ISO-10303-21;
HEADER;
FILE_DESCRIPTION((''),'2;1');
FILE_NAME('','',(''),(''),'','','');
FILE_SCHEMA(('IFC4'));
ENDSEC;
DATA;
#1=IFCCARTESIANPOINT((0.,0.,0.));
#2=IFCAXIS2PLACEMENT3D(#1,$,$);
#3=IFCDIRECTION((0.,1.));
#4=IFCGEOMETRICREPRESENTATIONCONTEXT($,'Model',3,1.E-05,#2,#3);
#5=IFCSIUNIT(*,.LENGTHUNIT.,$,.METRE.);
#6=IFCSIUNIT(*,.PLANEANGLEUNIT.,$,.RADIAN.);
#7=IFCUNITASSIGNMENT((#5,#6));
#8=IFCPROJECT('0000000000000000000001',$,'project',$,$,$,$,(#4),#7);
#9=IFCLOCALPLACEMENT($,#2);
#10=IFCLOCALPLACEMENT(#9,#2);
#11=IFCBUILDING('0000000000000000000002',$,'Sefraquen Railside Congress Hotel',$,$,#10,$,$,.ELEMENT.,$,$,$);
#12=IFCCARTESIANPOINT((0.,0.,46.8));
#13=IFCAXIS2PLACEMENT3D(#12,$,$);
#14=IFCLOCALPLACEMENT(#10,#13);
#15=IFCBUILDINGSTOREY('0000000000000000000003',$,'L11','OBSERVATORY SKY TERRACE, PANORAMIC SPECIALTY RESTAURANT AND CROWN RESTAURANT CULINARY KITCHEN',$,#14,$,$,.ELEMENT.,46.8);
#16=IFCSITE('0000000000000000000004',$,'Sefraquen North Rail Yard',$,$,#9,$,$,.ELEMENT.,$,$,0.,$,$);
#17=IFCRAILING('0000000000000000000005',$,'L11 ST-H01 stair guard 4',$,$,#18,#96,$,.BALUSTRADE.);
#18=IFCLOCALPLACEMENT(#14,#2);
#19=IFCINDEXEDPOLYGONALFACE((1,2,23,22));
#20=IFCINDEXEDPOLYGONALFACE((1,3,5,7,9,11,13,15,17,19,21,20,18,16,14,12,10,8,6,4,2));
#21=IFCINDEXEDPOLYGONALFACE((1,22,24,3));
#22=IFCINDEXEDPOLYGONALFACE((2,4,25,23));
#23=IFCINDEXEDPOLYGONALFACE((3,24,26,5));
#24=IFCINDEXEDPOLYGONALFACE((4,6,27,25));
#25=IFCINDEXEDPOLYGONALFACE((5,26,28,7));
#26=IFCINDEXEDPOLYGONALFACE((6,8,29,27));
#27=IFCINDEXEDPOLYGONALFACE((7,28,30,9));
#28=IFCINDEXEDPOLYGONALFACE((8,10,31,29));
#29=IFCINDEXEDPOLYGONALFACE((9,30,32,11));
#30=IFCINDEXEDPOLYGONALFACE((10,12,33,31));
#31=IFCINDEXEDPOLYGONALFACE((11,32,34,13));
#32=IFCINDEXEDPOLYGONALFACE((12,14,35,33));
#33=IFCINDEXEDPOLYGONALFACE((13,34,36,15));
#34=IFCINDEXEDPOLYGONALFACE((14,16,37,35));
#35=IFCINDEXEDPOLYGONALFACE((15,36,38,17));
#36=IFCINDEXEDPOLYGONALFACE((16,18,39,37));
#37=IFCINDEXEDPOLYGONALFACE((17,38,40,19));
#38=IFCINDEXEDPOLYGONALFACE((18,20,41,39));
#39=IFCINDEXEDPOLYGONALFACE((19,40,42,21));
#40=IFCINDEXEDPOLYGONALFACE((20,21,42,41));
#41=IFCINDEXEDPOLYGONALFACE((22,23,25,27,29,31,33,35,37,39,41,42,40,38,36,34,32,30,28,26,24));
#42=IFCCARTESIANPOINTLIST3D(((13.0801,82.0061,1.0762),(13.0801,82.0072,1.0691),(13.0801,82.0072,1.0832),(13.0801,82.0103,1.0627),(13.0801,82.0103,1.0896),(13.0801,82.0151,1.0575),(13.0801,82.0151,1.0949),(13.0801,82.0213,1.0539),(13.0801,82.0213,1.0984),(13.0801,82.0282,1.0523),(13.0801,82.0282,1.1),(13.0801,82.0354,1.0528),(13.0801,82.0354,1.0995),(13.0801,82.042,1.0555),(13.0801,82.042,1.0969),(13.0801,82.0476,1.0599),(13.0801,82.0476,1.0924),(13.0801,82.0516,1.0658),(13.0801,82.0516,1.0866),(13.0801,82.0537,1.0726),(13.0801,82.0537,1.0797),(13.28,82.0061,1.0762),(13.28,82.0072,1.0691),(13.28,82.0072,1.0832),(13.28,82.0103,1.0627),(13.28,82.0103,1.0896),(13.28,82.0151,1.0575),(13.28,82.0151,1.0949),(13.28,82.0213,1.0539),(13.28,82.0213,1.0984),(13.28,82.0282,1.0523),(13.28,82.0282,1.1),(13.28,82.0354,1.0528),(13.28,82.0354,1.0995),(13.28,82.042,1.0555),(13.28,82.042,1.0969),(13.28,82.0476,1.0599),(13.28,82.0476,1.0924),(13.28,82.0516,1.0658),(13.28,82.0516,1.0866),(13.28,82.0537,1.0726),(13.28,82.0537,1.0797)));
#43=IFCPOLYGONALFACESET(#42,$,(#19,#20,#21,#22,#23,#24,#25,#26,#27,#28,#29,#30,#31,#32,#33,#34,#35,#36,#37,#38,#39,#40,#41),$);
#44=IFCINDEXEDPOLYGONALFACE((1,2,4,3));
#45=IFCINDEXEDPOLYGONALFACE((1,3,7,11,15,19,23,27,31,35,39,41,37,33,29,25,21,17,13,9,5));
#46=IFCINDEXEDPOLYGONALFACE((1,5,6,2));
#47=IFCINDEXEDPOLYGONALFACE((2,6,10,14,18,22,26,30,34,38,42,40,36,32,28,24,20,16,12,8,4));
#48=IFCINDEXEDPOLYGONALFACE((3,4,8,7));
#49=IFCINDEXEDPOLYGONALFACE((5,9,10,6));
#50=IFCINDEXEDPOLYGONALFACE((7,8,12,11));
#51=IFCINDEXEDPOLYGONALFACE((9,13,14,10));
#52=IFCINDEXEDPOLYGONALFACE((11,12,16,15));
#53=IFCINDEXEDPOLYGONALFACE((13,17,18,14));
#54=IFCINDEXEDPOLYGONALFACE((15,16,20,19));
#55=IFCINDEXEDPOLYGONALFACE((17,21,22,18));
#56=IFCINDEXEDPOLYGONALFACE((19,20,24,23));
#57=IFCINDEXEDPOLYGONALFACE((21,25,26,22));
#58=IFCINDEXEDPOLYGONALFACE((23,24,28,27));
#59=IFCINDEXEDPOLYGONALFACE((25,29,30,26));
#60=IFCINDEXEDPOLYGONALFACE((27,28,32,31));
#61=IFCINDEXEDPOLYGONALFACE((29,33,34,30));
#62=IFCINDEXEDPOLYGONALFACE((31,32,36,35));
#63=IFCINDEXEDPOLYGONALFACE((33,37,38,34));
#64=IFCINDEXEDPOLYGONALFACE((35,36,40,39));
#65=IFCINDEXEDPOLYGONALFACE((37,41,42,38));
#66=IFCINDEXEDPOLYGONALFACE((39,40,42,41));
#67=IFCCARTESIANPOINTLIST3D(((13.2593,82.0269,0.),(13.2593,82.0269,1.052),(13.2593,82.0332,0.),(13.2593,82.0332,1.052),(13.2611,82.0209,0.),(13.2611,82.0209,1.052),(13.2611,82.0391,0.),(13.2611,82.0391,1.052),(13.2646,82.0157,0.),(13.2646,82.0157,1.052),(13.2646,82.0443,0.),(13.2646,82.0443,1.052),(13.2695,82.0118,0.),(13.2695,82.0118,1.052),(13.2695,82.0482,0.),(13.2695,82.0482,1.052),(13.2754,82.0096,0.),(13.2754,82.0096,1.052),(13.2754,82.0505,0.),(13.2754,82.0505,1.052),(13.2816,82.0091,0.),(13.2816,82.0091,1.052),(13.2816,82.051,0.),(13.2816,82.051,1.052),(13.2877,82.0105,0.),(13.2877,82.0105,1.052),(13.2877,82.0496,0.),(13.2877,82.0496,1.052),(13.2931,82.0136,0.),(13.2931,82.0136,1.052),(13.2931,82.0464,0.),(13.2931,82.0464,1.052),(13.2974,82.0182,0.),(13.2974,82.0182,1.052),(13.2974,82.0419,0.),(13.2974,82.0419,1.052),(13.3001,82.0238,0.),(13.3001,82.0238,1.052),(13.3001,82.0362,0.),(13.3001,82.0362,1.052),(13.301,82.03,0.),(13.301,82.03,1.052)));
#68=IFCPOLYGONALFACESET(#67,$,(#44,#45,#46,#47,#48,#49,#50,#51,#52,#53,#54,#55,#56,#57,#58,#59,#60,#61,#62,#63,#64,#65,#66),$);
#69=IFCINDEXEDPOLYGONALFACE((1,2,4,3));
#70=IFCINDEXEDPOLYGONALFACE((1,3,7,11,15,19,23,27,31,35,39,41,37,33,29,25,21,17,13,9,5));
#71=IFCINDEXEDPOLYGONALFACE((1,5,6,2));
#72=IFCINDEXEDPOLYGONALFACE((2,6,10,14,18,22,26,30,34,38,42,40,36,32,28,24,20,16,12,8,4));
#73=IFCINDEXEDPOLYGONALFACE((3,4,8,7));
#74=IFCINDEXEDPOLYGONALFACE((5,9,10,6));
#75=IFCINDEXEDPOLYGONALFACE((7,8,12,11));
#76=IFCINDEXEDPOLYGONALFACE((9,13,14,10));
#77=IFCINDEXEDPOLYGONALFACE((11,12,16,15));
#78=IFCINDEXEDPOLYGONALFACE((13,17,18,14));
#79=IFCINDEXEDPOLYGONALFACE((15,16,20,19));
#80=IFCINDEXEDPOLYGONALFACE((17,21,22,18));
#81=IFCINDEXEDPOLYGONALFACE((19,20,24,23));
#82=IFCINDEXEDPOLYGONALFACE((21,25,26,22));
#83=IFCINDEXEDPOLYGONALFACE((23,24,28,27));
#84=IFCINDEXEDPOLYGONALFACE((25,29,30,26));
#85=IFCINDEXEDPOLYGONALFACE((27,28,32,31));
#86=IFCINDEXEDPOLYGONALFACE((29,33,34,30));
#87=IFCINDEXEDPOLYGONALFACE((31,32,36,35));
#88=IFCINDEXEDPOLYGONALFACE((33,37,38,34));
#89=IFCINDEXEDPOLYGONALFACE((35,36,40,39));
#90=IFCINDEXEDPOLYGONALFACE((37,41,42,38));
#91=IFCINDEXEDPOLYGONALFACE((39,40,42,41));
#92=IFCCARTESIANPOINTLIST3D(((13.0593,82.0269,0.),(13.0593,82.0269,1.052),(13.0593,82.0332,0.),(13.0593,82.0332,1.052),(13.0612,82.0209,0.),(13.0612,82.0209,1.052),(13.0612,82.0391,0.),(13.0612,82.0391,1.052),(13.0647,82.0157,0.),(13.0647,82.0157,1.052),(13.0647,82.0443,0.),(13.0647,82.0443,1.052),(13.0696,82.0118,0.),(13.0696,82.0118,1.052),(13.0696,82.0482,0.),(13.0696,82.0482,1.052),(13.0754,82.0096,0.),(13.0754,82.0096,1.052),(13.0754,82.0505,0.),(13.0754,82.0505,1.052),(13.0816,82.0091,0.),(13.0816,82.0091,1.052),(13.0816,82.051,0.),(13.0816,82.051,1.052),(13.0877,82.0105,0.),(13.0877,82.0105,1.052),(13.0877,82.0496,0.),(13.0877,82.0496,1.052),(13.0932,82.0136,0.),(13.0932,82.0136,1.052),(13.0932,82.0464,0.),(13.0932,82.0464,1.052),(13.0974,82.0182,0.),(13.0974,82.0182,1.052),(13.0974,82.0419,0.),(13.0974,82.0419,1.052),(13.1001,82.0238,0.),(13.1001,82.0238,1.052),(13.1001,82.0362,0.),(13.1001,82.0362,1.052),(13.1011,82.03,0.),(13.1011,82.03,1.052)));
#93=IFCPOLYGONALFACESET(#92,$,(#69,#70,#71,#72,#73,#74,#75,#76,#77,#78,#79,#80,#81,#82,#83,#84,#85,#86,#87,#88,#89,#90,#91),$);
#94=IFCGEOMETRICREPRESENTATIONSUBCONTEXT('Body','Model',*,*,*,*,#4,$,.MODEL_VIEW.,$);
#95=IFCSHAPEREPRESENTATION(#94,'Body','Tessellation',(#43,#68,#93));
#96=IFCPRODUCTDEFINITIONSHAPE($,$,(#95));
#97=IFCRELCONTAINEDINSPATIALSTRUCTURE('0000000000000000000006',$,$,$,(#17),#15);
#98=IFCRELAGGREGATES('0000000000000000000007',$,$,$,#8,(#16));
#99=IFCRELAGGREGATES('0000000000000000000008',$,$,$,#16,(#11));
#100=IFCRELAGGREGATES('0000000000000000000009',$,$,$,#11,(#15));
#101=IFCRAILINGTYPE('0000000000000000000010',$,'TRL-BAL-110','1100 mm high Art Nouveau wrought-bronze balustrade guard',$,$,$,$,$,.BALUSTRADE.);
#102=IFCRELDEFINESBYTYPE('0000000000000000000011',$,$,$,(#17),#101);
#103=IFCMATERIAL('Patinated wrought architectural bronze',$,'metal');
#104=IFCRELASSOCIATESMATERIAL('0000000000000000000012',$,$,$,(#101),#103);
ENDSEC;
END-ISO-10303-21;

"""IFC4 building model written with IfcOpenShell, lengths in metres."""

from ifc_helpers import new_model, si_unit, direction, frame, origin, origin_2d, place, context, subcontext, project, spatial, circle, extrude, material, type_object, element, save


model = new_model("IFC4")

# Units and contexts
model_context = context("Model", 3, precision=1e-05, world=origin(), true_north=direction((0.0, 1.0)))
body_context = subcontext(model_context, "Body", "Model", "MODEL_VIEW")
ifc_project = project(units=[si_unit("LENGTHUNIT", "METRE"), si_unit("PLANEANGLEUNIT", "RADIAN")], contexts=[model_context])

# Site, building, storey
site_placement = place(None, origin())
site = spatial("IfcSite", under=ifc_project, at=site_placement, Name="Sefraquen North Rail Yard", CompositionType="ELEMENT", RefElevation=0.0)
building_placement = place(site_placement, origin())
building = spatial("IfcBuilding", under=site, at=building_placement, Name="Sefraquen Railside Congress Hotel", CompositionType="ELEMENT")
storey_placement = place(building_placement, frame((0.0, 0.0, 46.8)))
storey = spatial("IfcBuildingStorey", under=building, at=storey_placement, Name="L11", Description="OBSERVATORY SKY TERRACE, PANORAMIC SPECIALTY RESTAURANT AND CROWN RESTAURANT CULINARY KITCHEN", CompositionType="ELEMENT", Elevation=46.8)

# Railing
ifc_material_1 = material(Name="Patinated wrought architectural bronze", Category="metal")
railing_type_1 = type_object("IfcRailingType", Name="TRL-BAL-110", Description="1100 mm high Art Nouveau wrought-bronze balustrade guard", PredefinedType="BALUSTRADE", material=ifc_material_1)
railing_1_placement = place(storey_placement, frame((13.28, 82.03, 0.0)))
element("IfcRailing", 1, at=railing_1_placement, inside=storey, type_object=railing_type_1, Name="L11 ST-H01 stair guard 4", PredefinedType="BALUSTRADE", context=body_context, shape_type="SweptSolid", body=[
    extrude(circle(Radius=0.0239, at=origin_2d()), frame((0.0, 0.0, 1.0762), z_axis=(-1.0, 0.0, 0.0), x_axis=(0.0, -1.0, 0.0)), (0.0, 0.0, 1.0), 0.2),
    extrude(circle(Radius=0.021, at=origin_2d()), origin(), (0.0, 0.0, 1.0), 1.052),
    extrude(circle(Radius=0.021, at=origin_2d()), frame((-0.2, 0.0, 0.0)), (0.0, 0.0, 1.0), 1.052),
])

save(model, "model.ifc")
